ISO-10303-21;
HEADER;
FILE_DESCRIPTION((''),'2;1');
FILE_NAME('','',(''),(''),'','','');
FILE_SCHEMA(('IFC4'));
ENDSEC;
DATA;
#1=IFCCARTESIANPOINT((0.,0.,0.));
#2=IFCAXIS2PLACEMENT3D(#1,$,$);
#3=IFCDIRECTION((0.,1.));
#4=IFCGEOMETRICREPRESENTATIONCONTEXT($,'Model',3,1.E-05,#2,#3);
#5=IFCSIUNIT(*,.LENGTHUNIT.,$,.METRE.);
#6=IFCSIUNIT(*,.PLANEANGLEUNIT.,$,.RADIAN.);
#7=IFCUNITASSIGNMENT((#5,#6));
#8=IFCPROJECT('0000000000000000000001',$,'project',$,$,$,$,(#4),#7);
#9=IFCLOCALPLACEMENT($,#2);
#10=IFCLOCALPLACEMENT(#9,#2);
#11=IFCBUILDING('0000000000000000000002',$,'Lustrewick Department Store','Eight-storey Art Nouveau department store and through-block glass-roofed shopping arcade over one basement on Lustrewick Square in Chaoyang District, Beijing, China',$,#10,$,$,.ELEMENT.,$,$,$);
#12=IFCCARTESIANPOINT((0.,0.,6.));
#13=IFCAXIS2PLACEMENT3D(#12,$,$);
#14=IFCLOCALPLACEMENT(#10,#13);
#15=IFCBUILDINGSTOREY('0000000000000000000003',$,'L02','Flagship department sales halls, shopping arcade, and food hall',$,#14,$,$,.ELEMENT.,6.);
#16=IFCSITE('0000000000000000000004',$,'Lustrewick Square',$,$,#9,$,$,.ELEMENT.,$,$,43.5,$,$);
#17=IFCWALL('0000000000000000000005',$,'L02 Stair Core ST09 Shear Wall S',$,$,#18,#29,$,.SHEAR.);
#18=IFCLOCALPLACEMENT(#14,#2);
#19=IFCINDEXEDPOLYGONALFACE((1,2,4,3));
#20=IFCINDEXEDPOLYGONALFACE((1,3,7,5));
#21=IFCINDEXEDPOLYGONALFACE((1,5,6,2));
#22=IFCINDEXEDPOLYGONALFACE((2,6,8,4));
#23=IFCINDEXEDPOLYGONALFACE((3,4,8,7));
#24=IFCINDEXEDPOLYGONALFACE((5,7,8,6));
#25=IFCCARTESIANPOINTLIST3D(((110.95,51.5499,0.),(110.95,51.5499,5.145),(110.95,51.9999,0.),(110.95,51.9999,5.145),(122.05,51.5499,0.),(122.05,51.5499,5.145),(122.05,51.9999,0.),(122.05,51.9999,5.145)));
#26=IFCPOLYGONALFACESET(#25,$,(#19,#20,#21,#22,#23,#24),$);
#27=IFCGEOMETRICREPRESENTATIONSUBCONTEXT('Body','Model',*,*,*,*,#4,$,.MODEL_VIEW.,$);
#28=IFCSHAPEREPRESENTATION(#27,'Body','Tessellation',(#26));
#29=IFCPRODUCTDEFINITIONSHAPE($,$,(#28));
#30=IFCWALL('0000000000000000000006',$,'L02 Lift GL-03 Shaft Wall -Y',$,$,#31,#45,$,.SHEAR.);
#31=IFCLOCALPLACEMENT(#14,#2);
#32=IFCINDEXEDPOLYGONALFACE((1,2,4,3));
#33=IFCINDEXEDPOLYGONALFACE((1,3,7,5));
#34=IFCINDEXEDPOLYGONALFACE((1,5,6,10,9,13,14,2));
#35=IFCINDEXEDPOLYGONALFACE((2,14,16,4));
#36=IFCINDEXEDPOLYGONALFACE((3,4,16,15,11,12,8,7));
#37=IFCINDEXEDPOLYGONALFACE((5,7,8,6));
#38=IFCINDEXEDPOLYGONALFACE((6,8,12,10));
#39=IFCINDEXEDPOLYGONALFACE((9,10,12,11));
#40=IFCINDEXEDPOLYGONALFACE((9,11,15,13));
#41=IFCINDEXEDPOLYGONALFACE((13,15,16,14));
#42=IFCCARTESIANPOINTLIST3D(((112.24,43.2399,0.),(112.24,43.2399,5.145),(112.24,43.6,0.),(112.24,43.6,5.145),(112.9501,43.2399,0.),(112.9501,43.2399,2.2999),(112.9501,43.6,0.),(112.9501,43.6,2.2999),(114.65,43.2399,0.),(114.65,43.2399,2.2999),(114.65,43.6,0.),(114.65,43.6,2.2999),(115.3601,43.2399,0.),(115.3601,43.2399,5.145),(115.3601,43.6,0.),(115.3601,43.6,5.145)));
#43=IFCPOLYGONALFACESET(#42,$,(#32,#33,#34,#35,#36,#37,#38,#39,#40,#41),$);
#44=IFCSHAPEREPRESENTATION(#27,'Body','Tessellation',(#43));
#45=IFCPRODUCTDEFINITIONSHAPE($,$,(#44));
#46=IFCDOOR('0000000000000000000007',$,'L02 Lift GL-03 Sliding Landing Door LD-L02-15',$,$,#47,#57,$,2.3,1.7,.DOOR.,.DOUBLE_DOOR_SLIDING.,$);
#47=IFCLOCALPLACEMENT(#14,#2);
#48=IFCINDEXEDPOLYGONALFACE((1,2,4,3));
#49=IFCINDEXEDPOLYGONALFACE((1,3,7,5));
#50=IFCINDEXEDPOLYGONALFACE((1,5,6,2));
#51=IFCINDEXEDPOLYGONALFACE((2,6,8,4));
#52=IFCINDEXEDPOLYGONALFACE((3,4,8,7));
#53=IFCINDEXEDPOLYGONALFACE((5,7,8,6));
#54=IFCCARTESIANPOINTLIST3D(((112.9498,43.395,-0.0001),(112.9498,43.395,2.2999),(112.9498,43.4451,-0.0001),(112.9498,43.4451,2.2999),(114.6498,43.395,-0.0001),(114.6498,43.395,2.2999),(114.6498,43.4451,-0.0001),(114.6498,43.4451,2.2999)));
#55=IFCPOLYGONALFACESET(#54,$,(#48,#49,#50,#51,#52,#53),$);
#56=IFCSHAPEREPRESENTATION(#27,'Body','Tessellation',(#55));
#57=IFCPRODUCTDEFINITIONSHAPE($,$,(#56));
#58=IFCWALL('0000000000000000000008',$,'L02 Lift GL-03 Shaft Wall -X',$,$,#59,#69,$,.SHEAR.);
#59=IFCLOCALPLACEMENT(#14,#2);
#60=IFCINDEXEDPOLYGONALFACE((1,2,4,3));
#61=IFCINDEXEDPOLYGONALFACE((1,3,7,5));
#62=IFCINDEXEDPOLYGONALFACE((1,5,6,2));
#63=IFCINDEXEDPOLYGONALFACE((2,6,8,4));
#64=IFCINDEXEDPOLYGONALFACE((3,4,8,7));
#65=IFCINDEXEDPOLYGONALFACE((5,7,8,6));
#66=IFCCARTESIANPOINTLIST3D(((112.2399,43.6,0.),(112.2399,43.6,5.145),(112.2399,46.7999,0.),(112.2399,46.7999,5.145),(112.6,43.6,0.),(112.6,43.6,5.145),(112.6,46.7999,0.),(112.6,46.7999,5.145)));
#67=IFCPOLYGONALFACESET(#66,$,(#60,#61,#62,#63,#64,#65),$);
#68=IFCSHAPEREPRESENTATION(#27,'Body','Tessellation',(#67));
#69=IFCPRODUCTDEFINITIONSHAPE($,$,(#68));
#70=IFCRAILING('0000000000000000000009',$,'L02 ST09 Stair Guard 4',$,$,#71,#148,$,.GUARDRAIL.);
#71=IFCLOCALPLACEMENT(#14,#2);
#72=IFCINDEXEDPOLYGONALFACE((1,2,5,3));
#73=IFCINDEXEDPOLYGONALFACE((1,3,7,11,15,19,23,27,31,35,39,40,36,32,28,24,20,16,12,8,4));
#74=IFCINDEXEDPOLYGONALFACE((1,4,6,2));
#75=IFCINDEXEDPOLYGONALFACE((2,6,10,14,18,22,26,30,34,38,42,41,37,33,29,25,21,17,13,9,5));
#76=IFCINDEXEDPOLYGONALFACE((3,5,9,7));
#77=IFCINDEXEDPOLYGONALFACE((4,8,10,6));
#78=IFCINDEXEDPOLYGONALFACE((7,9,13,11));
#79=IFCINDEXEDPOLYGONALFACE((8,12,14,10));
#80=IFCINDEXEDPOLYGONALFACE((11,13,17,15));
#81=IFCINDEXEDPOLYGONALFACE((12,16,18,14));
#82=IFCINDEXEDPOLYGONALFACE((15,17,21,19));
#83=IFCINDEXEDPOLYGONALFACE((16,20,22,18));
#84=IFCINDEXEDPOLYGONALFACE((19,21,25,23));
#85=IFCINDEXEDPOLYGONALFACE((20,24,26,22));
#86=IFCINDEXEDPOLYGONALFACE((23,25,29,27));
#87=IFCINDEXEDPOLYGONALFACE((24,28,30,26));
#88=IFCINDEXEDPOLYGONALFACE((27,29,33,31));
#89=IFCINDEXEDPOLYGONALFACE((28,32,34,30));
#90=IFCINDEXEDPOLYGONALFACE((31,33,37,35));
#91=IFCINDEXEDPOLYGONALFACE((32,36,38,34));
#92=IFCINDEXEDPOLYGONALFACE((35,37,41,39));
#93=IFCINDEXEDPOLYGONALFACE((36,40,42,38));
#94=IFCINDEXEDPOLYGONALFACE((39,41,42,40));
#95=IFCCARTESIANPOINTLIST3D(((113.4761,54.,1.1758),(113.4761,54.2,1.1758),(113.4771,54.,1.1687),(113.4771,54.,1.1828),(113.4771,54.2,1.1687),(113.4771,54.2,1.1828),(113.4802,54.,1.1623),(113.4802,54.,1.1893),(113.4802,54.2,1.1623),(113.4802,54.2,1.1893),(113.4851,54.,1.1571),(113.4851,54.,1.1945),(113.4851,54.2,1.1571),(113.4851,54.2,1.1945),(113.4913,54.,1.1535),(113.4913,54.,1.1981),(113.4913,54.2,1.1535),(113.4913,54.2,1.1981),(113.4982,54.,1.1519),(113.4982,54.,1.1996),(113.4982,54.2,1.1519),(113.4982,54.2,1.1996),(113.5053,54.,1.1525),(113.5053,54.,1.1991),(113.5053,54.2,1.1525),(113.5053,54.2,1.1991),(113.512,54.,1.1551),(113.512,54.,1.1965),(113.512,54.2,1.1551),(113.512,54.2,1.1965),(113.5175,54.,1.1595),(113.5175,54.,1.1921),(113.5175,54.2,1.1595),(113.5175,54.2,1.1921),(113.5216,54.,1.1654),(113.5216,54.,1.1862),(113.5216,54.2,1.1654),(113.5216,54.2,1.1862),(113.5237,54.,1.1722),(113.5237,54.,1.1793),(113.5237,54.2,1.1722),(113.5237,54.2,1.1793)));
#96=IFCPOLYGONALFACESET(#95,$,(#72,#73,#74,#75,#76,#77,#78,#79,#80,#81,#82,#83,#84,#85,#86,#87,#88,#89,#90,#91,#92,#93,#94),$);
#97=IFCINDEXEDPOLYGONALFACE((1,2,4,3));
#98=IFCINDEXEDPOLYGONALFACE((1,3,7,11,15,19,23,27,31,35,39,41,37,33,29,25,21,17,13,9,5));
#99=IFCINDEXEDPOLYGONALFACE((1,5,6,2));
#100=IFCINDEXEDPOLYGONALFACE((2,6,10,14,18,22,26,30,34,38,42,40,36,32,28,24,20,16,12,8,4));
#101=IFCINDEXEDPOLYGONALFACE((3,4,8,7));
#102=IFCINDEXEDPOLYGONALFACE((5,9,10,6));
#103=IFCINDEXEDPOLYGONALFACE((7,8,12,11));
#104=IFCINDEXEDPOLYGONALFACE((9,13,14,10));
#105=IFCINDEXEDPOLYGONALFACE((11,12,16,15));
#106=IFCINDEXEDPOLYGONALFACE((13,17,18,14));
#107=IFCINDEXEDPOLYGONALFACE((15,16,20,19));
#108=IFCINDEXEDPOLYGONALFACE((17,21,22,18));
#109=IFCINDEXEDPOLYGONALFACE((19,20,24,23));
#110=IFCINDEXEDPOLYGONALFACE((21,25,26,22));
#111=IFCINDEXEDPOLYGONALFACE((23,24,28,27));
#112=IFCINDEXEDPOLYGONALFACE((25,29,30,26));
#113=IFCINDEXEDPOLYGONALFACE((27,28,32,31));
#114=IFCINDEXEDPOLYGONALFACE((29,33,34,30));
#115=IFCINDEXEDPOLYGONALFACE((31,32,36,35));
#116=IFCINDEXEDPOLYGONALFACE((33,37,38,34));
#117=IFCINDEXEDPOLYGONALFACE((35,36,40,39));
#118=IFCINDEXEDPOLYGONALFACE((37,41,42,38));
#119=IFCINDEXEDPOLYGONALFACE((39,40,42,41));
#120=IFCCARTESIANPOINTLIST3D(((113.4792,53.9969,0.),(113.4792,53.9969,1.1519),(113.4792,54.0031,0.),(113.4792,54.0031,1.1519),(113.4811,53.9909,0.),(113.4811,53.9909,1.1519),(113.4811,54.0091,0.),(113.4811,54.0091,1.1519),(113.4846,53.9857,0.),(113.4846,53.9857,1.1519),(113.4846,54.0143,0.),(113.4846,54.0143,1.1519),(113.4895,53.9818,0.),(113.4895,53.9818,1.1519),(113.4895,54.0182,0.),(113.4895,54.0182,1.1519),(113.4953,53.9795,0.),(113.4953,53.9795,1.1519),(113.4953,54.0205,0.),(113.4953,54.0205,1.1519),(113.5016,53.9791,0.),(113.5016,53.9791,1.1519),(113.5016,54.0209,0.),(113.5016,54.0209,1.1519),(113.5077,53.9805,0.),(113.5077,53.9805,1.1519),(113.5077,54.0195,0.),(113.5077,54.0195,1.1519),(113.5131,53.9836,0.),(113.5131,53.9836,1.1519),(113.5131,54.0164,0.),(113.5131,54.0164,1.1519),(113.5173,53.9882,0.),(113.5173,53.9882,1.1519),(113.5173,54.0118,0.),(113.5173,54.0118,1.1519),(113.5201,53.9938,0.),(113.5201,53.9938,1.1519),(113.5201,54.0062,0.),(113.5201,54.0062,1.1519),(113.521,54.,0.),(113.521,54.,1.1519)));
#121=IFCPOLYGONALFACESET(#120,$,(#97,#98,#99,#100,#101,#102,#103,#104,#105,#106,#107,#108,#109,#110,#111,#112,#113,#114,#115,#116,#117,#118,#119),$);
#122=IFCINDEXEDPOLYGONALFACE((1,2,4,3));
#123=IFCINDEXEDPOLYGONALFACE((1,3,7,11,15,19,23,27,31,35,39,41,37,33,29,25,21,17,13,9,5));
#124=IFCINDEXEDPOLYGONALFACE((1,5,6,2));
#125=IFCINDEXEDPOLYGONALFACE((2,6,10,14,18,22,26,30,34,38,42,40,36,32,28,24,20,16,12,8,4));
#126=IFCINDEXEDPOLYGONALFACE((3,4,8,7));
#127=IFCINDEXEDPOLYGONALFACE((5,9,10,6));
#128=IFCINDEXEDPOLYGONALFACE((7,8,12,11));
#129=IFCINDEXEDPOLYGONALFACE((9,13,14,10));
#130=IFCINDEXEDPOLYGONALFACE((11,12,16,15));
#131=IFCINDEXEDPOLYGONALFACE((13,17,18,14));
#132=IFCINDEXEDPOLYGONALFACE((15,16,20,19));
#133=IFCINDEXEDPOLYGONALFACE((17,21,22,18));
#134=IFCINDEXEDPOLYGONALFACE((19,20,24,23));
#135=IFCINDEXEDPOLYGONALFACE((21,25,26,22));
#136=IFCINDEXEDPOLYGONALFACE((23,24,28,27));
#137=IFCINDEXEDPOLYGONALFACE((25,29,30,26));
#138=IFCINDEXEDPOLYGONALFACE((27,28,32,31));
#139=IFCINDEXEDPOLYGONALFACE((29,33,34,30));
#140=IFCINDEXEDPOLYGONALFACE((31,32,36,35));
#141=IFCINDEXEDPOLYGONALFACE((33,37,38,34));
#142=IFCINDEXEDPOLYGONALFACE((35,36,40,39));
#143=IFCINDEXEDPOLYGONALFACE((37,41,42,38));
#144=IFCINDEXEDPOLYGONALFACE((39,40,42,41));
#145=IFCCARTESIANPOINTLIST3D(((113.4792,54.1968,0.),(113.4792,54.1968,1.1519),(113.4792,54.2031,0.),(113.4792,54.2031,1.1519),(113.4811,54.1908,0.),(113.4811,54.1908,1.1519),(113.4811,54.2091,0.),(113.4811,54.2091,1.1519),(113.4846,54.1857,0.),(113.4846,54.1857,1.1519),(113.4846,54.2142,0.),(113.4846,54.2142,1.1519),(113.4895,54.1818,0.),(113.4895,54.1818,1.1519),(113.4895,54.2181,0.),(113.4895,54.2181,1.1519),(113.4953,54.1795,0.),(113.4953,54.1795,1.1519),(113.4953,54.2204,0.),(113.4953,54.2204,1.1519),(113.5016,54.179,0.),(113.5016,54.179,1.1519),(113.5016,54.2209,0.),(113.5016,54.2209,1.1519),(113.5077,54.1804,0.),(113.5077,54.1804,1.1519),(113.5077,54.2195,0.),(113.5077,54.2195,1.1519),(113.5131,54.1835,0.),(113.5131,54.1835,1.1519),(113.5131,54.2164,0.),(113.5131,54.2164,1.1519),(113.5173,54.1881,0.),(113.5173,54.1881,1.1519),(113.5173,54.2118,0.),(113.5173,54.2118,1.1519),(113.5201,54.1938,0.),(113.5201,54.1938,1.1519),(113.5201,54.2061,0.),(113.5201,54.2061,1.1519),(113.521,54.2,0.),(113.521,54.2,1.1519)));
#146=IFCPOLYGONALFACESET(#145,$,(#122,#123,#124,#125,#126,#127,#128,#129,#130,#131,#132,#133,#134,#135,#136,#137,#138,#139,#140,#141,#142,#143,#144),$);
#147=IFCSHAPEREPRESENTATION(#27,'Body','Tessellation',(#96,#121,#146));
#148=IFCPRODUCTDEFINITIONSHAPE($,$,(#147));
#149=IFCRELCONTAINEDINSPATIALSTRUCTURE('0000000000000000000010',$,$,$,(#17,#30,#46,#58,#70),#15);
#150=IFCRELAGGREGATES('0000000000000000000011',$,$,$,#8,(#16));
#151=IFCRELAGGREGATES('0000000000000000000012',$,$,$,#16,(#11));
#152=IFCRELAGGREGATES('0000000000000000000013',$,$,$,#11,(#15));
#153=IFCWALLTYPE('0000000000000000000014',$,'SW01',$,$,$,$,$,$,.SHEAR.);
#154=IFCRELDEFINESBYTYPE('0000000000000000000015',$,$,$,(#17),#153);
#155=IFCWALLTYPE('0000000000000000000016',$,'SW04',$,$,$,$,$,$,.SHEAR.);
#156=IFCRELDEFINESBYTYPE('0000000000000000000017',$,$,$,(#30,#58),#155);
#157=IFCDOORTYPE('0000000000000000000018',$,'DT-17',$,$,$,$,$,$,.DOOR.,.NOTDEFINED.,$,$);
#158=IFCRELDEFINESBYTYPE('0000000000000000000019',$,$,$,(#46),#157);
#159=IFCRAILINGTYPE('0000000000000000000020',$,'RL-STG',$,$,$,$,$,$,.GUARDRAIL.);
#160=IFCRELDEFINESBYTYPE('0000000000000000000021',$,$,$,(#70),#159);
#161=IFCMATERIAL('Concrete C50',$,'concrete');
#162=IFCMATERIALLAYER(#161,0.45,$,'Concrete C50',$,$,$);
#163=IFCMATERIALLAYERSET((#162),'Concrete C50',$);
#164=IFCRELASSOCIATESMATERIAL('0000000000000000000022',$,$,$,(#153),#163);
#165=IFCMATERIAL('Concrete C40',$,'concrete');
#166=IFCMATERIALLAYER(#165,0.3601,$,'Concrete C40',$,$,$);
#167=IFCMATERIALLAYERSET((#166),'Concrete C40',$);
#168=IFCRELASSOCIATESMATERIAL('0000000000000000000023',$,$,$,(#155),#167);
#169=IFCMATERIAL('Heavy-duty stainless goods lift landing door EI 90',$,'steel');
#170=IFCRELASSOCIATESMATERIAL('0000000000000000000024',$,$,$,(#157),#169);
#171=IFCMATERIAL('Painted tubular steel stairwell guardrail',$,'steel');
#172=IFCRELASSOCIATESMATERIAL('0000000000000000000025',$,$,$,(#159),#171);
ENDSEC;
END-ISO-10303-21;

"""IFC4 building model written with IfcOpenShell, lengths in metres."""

from ifc_helpers import new_model, si_unit, direction, frame, frame_2d, origin, origin_2d, place, context, subcontext, project, spatial, rectangle, circle, extrude, material, layer, layer_set, type_object, element, fill, save


model = new_model("IFC4")

# Units and contexts
model_context = context("Model", 3, precision=1e-05, world=origin(), true_north=direction((0.0, 1.0)))
body_context = subcontext(model_context, "Body", "Model", "MODEL_VIEW")
ifc_project = project(units=[si_unit("LENGTHUNIT", "METRE"), si_unit("PLANEANGLEUNIT", "RADIAN")], contexts=[model_context])

# Site, building, storey
site_placement = place(None, origin())
site = spatial("IfcSite", under=ifc_project, at=site_placement, Name="Lustrewick Square", CompositionType="ELEMENT", RefElevation=43.5)
building_placement = place(site_placement, origin())
building = spatial("IfcBuilding", under=site, at=building_placement, Name="Lustrewick Department Store", Description="Eight-storey Art Nouveau department store and through-block glass-roofed shopping arcade over one basement on Lustrewick Square in Chaoyang District, Beijing, China", CompositionType="ELEMENT")
storey_placement = place(building_placement, frame((0.0, 0.0, 6.0)))
storey = spatial("IfcBuildingStorey", under=building, at=storey_placement, Name="L02", Description="Flagship department sales halls, shopping arcade, and food hall", CompositionType="ELEMENT", Elevation=6.0)

# Wall
ifc_material_1 = material(Name="Concrete C50", Category="concrete")
ifc_layer_1 = layer(ifc_material_1, 0.45, Name="Concrete C50")
ifc_layer_set_1 = layer_set([ifc_layer_1], Name="Concrete C50")
wall_type_1 = type_object("IfcWallType", Name="SW01", PredefinedType="SHEAR", material=ifc_layer_set_1)
wall_1_placement = place(storey_placement, frame((110.95, 51.7749, 0.0), z_axis=(0.0, 0.0, 1.0), x_axis=(1.0, 0.0, 0.0)))
element("IfcWall", 1, at=wall_1_placement, inside=storey, type_object=wall_type_1, Name="L02 Stair Core ST09 Shear Wall S", PredefinedType="SHEAR", context=body_context, shape_type="SweptSolid", body=[
    extrude(rectangle(XDim=11.1001, YDim=0.45, at=frame_2d((5.55, 0.0))), origin(), (0.0, 0.0, 1.0), 5.145),
])

# Wall, opening, door
ifc_material_2 = material(Name="Concrete C40", Category="concrete")
ifc_layer_2 = layer(ifc_material_2, 0.3601, Name="Concrete C40")
ifc_layer_set_2 = layer_set([ifc_layer_2], Name="Concrete C40")
wall_type_2 = type_object("IfcWallType", Name="SW04", PredefinedType="SHEAR", material=ifc_layer_set_2)
wall_2_placement = place(storey_placement, frame((112.24, 43.4199, 0.0), z_axis=(0.0, 0.0, 1.0), x_axis=(1.0, 0.0, 0.0)))
wall_2 = element("IfcWall", 2, at=wall_2_placement, inside=storey, type_object=wall_type_2, Name="L02 Lift GL-03 Shaft Wall -Y", PredefinedType="SHEAR", context=body_context, shape_type="SweptSolid", body=[
    extrude(rectangle(XDim=3.1201, YDim=0.3601, at=frame_2d((1.5601, 0.0))), origin(), (0.0, 0.0, 1.0), 5.145),
])
opening_1_placement = place(wall_2_placement, frame((0.71, 0.0, 0.0)))
opening_1 = element("IfcOpeningElement", 3, at=opening_1_placement, cuts=wall_2, PredefinedType="OPENING", context=body_context, shape_type="SweptSolid", body=[
    extrude(rectangle(XDim=1.7, YDim=2.3, at=frame_2d((0.8501, 1.1499))), frame((0.0, 0.1899, 0.0), z_axis=(0.0, -1.0, 0.0), x_axis=(1.0, 0.0, 0.0)), (0.0, 0.0, 1.0), 0.3801),
])
ifc_material_3 = material(Name="Heavy-duty stainless goods lift landing door EI 90", Category="steel")
door_type_1 = type_object("IfcDoorType", Name="DT-17", OperationType="NOTDEFINED", PredefinedType="DOOR", material=ifc_material_3)
door_1_placement = place(opening_1_placement, frame((1.7, 0.0, 0.0), z_axis=(0.0, 0.0, 1.0), x_axis=(-1.0, 0.0, 0.0)))
door_1 = element("IfcDoor", 4, at=door_1_placement, inside=storey, type_object=door_type_1, Name="L02 Lift GL-03 Sliding Landing Door LD-L02-15", OperationType="DOUBLE_DOOR_SLIDING", OverallHeight=2.3, OverallWidth=1.7, PredefinedType="DOOR", context=body_context, shape_type="SweptSolid", body=[
    extrude(rectangle(XDim=1.7, YDim=2.3, at=frame_2d((0.8501, 1.1499))), frame((0.0, 0.0249, 0.0), z_axis=(0.0, -1.0, 0.0), x_axis=(1.0, 0.0, 0.0)), (0.0, 0.0, 1.0), 0.05),
])
fill(opening_1, door_1)

# Wall
wall_3_placement = place(storey_placement, frame((112.4199, 46.8, 0.0), z_axis=(0.0, 0.0, 1.0), x_axis=(0.0, -1.0, 0.0)))
element("IfcWall", 5, at=wall_3_placement, inside=storey, type_object=wall_type_2, Name="L02 Lift GL-03 Shaft Wall -X", PredefinedType="SHEAR", context=body_context, shape_type="SweptSolid", body=[
    extrude(rectangle(XDim=3.2, YDim=0.3601, at=frame_2d((1.6001, 0.0))), origin(), (0.0, 0.0, 1.0), 5.145),
])

# Railing
ifc_material_4 = material(Name="Painted tubular steel stairwell guardrail", Category="steel")
railing_type_1 = type_object("IfcRailingType", Name="RL-STG", PredefinedType="GUARDRAIL", material=ifc_material_4)
railing_1_placement = place(storey_placement, frame((113.5, 54.0, 0.0)))
element("IfcRailing", 6, at=railing_1_placement, inside=storey, type_object=railing_type_1, Name="L02 ST09 Stair Guard 4", PredefinedType="GUARDRAIL", context=body_context, shape_type="SweptSolid", body=[
    extrude(circle(Radius=0.0239, at=origin_2d()), frame((0.0, 0.0, 1.1758), z_axis=(0.0, 1.0, 0.0), x_axis=(-1.0, 0.0, 0.0)), (0.0, 0.0, 1.0), 0.2),
    extrude(circle(Radius=0.021, at=origin_2d()), origin(), (0.0, 0.0, 1.0), 1.1519),
    extrude(circle(Radius=0.021, at=origin_2d()), frame((0.0, 0.2, 0.0)), (0.0, 0.0, 1.0), 1.1519),
])

save(model, "model.ifc")
